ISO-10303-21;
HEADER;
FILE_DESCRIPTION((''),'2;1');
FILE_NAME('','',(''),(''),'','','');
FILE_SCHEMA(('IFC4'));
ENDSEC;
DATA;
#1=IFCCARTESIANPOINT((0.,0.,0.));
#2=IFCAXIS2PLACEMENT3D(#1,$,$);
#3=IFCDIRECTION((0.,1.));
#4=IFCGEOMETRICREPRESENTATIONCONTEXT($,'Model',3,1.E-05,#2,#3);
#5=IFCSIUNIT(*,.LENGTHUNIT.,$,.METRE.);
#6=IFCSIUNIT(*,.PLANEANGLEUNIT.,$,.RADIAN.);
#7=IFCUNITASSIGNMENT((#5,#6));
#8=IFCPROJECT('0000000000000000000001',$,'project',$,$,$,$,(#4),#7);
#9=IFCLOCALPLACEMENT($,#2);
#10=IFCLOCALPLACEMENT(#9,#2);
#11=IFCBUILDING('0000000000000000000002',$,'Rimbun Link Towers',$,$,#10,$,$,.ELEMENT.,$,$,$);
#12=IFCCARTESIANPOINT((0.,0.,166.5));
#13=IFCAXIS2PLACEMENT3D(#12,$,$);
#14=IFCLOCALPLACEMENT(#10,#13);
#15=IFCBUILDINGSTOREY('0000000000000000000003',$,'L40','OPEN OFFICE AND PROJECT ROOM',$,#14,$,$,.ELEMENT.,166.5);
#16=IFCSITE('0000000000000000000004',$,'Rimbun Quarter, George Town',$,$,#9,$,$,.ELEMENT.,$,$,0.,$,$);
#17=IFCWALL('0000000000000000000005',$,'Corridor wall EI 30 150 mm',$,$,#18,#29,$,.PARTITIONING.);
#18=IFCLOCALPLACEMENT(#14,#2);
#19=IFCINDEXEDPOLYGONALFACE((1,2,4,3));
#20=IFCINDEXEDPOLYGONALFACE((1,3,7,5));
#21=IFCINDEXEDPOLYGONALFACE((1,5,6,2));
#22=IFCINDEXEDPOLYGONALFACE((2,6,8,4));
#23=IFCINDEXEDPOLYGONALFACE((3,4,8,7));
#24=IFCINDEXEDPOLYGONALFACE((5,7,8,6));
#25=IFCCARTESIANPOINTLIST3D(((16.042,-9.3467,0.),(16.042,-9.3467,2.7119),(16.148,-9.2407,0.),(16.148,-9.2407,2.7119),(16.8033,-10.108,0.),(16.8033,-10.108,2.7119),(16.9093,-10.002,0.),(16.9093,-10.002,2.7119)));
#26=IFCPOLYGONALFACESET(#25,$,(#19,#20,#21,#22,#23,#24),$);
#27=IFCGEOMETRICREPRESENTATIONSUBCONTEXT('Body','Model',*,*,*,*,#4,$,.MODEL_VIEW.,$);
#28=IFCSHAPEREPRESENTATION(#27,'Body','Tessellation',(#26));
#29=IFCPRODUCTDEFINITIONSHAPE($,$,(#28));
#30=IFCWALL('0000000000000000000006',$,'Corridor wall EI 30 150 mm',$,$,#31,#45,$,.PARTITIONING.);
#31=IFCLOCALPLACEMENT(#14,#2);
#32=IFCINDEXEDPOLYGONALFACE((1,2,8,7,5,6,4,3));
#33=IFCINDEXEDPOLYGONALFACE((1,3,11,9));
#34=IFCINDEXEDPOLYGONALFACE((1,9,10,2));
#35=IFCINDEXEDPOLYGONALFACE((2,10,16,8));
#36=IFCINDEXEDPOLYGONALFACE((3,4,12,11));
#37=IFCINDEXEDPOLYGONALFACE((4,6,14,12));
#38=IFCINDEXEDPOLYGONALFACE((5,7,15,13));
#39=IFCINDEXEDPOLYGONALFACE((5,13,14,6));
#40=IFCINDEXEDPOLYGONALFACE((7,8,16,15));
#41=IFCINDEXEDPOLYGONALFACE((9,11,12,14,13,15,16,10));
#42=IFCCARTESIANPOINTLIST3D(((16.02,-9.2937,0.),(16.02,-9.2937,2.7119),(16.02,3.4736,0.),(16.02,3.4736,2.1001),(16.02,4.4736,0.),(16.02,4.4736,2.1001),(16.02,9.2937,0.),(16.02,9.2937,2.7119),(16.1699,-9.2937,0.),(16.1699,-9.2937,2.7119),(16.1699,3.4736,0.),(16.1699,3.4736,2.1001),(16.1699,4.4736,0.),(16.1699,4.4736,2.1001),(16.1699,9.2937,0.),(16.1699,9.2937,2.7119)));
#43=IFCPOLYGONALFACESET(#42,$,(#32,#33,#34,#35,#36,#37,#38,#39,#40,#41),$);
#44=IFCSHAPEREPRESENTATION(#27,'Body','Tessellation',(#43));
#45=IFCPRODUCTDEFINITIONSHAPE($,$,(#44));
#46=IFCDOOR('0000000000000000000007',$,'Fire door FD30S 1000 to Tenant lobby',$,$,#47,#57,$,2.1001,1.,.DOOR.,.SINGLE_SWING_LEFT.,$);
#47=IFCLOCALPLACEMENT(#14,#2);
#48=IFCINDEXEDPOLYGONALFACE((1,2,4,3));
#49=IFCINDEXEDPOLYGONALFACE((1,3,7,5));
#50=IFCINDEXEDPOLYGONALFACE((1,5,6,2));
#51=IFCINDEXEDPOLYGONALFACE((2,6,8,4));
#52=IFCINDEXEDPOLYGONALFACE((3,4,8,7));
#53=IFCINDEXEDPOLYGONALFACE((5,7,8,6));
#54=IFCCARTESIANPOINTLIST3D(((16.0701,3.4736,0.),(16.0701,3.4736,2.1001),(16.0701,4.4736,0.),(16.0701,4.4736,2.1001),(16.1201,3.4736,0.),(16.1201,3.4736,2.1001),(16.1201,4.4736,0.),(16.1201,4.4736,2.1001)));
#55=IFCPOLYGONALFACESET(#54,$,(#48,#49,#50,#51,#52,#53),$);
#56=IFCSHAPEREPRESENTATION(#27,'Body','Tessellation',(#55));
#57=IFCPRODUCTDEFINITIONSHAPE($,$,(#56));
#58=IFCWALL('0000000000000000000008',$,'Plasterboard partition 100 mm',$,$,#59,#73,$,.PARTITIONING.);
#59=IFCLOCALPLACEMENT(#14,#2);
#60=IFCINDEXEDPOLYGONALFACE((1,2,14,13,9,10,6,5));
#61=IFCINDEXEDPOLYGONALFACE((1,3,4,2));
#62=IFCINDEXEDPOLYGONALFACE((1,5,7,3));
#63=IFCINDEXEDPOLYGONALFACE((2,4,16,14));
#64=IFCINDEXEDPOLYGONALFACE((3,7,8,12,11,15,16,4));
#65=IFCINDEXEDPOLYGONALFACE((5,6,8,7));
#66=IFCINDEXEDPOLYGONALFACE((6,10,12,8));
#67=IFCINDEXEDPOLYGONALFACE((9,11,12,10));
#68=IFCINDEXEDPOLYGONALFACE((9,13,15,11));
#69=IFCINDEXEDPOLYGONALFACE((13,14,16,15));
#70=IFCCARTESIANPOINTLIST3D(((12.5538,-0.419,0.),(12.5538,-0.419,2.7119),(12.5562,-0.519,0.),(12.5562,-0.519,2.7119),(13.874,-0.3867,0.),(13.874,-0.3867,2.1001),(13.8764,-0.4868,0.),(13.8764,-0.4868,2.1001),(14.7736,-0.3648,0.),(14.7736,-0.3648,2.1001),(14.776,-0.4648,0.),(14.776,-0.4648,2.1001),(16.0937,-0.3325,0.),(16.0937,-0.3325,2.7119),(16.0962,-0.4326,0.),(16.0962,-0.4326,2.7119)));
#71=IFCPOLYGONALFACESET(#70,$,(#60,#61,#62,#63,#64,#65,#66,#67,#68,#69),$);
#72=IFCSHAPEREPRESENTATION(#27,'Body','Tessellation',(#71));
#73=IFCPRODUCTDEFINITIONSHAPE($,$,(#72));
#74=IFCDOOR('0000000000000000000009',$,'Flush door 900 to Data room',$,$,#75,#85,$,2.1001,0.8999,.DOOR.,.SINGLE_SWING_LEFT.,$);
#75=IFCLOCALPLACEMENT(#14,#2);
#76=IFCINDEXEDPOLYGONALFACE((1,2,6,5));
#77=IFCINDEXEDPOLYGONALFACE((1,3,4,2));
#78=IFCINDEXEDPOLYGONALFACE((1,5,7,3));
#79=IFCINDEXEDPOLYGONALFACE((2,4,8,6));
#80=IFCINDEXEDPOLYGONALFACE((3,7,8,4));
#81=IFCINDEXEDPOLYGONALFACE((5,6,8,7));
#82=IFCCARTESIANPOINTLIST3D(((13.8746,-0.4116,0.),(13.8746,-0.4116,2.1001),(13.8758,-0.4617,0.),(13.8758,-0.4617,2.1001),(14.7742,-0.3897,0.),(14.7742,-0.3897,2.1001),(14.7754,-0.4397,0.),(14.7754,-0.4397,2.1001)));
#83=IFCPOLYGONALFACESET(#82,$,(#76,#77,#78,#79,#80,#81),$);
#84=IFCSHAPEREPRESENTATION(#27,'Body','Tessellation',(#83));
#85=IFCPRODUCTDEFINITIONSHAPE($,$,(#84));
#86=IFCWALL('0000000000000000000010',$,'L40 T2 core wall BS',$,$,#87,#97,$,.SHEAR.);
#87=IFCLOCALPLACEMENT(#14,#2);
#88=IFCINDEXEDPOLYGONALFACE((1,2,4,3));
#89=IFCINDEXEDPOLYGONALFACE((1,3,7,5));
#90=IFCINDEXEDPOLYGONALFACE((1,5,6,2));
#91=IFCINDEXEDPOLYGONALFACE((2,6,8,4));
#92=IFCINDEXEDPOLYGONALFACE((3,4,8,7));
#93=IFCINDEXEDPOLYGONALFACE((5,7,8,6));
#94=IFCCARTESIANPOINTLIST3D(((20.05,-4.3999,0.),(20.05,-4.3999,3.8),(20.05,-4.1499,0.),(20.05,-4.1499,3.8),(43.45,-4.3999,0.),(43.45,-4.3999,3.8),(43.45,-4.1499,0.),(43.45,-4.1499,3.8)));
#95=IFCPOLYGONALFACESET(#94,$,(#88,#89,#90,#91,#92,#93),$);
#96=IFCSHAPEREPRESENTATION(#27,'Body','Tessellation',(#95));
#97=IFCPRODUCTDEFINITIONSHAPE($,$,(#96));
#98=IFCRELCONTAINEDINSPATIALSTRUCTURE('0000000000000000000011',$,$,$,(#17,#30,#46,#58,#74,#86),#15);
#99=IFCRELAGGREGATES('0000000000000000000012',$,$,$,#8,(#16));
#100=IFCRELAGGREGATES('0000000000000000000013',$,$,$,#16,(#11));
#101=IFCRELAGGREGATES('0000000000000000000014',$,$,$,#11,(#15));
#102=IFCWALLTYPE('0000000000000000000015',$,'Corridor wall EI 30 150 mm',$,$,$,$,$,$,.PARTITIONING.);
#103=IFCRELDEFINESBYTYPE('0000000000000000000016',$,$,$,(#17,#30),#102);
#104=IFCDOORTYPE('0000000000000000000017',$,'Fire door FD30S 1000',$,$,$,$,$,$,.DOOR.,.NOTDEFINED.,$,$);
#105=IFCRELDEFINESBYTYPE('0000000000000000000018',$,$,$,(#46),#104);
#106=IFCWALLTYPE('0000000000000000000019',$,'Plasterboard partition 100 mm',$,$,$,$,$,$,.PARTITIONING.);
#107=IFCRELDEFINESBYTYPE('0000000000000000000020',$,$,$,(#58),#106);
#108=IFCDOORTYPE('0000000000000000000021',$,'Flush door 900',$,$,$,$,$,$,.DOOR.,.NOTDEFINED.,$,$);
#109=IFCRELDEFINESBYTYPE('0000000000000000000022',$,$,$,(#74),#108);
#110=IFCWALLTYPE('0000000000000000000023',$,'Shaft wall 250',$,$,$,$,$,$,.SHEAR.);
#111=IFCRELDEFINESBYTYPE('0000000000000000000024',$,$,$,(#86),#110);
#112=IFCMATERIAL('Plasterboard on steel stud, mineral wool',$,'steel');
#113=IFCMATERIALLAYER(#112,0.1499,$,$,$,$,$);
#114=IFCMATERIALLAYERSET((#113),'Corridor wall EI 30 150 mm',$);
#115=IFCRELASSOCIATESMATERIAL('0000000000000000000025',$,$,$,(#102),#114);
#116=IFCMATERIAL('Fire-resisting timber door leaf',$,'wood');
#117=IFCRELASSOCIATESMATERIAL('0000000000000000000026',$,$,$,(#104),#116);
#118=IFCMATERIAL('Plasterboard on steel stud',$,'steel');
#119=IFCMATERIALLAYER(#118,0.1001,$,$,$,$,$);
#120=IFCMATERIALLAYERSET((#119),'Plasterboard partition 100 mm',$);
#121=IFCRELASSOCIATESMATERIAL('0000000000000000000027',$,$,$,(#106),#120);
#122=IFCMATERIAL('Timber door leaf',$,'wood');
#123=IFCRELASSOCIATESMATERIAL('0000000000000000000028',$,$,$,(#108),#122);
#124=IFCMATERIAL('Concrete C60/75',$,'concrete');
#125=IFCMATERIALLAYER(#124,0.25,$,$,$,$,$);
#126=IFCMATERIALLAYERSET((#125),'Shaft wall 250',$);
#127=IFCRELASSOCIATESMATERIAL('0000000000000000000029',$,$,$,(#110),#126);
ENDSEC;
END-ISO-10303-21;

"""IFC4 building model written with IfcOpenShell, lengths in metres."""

from ifc_helpers import new_model, si_unit, direction, frame, frame_2d, origin, place, context, subcontext, project, spatial, rectangle, extrude, material, layer, layer_set, type_object, element, fill, save


model = new_model("IFC4")

# Units and contexts
model_context = context("Model", 3, precision=1e-05, world=origin(), true_north=direction((0.0, 1.0)))
body_context = subcontext(model_context, "Body", "Model", "MODEL_VIEW")
ifc_project = project(units=[si_unit("LENGTHUNIT", "METRE"), si_unit("PLANEANGLEUNIT", "RADIAN")], contexts=[model_context])

# Site, building, storey
site_placement = place(None, origin())
site = spatial("IfcSite", under=ifc_project, at=site_placement, Name="Rimbun Quarter, George Town", CompositionType="ELEMENT", RefElevation=0.0)
building_placement = place(site_placement, origin())
building = spatial("IfcBuilding", under=site, at=building_placement, Name="Rimbun Link Towers", CompositionType="ELEMENT")
storey_placement = place(building_placement, frame((0.0, 0.0, 166.5)))
storey = spatial("IfcBuildingStorey", under=building, at=storey_placement, Name="L40", Description="OPEN OFFICE AND PROJECT ROOM", CompositionType="ELEMENT", Elevation=166.5)

# Wall
ifc_material_1 = material(Name="Plasterboard on steel stud, mineral wool", Category="steel")
ifc_layer_1 = layer(ifc_material_1, 0.1499)
ifc_layer_set_1 = layer_set([ifc_layer_1], Name="Corridor wall EI 30 150 mm")
wall_type_1 = type_object("IfcWallType", Name="Corridor wall EI 30 150 mm", PredefinedType="PARTITIONING", material=ifc_layer_set_1)
wall_1_placement = place(storey_placement, frame((16.095, -9.2937, 0.0), z_axis=(0.0, 0.0, 1.0), x_axis=(0.707107, -0.707107, 0.0)))
element("IfcWall", 1, at=wall_1_placement, inside=storey, type_object=wall_type_1, Name="Corridor wall EI 30 150 mm", PredefinedType="PARTITIONING", context=body_context, shape_type="SweptSolid", body=[
    extrude(rectangle(XDim=1.0767, YDim=0.1499, at=frame_2d((0.5383, 0.0))), origin(), (0.0, 0.0, 1.0), 2.7119),
])

# Walls, openings, doors
wall_2_placement = place(storey_placement, frame((16.095, -9.2937, 0.0), z_axis=(0.0, 0.0, 1.0), x_axis=(0.0, 1.0, 0.0)))
wall_2 = element("IfcWall", 2, at=wall_2_placement, inside=storey, type_object=wall_type_1, Name="Corridor wall EI 30 150 mm", PredefinedType="PARTITIONING", context=body_context, shape_type="SweptSolid", body=[
    extrude(rectangle(XDim=18.5874, YDim=0.1499, at=frame_2d((9.2937, 0.0))), origin(), (0.0, 0.0, 1.0), 2.7119),
])
opening_1_placement = place(wall_2_placement, frame((12.7673, 0.0, 0.0)))
opening_1 = element("IfcOpeningElement", 3, at=opening_1_placement, cuts=wall_2, PredefinedType="OPENING", context=body_context, shape_type="SweptSolid", body=[
    extrude(rectangle(XDim=1.0, YDim=2.1001, at=frame_2d((0.5, 1.05))), frame((0.0, 0.085, 0.0), z_axis=(0.0, -1.0, 0.0), x_axis=(1.0, 0.0, 0.0)), (0.0, 0.0, 1.0), 0.1699),
])
ifc_material_2 = material(Name="Fire-resisting timber door leaf", Category="wood")
door_type_1 = type_object("IfcDoorType", Name="Fire door FD30S 1000", OperationType="NOTDEFINED", PredefinedType="DOOR", material=ifc_material_2)
door_1_placement = place(opening_1_placement, origin())
door_1 = element("IfcDoor", 4, at=door_1_placement, inside=storey, type_object=door_type_1, Name="Fire door FD30S 1000 to Tenant lobby", OperationType="SINGLE_SWING_LEFT", OverallHeight=2.1001, OverallWidth=1.0, PredefinedType="DOOR", context=body_context, shape_type="SweptSolid", body=[
    extrude(rectangle(XDim=1.0, YDim=2.1001, at=frame_2d((0.5, 1.05))), frame((0.0, 0.0249, 0.0), z_axis=(0.0, -1.0, 0.0), x_axis=(1.0, 0.0, 0.0)), (0.0, 0.0, 1.0), 0.05),
])
fill(opening_1, door_1)
ifc_material_3 = material(Name="Plasterboard on steel stud", Category="steel")
ifc_layer_2 = layer(ifc_material_3, 0.1001)
ifc_layer_set_2 = layer_set([ifc_layer_2], Name="Plasterboard partition 100 mm")
wall_type_2 = type_object("IfcWallType", Name="Plasterboard partition 100 mm", PredefinedType="PARTITIONING", material=ifc_layer_set_2)
wall_3_placement = place(storey_placement, frame((16.095, -0.3826, 0.0), z_axis=(0.0, 0.0, 1.0), x_axis=(-0.999702, -0.024407, 0.0)))
wall_3 = element("IfcWall", 5, at=wall_3_placement, inside=storey, type_object=wall_type_2, Name="Plasterboard partition 100 mm", PredefinedType="PARTITIONING", context=body_context, shape_type="SweptSolid", body=[
    extrude(rectangle(XDim=3.541, YDim=0.1001, at=frame_2d((1.7705, 0.0))), origin(), (0.0, 0.0, 1.0), 2.7119),
])
opening_2_placement = place(wall_3_placement, frame((1.3206, 0.0, 0.0)))
opening_2 = element("IfcOpeningElement", 6, at=opening_2_placement, cuts=wall_3, PredefinedType="OPENING", context=body_context, shape_type="SweptSolid", body=[
    extrude(rectangle(XDim=0.8999, YDim=2.1001, at=frame_2d((0.45, 1.05))), frame((0.0, 0.0601, 0.0), z_axis=(0.0, -1.0, 0.0), x_axis=(1.0, 0.0, 0.0)), (0.0, 0.0, 1.0), 0.1201),
])
ifc_material_4 = material(Name="Timber door leaf", Category="wood")
door_type_2 = type_object("IfcDoorType", Name="Flush door 900", OperationType="NOTDEFINED", PredefinedType="DOOR", material=ifc_material_4)
door_2_placement = place(opening_2_placement, origin())
door_2 = element("IfcDoor", 7, at=door_2_placement, inside=storey, type_object=door_type_2, Name="Flush door 900 to Data room", OperationType="SINGLE_SWING_LEFT", OverallHeight=2.1001, OverallWidth=0.8999, PredefinedType="DOOR", context=body_context, shape_type="SweptSolid", body=[
    extrude(rectangle(XDim=0.8999, YDim=2.1001, at=frame_2d((0.45, 1.05))), frame((0.0, 0.0249, 0.0), z_axis=(0.0, -1.0, 0.0), x_axis=(1.0, 0.0, 0.0)), (0.0, 0.0, 1.0), 0.05),
])
fill(opening_2, door_2)

# Wall
ifc_material_5 = material(Name="Concrete C60/75", Category="concrete")
ifc_layer_3 = layer(ifc_material_5, 0.25)
ifc_layer_set_3 = layer_set([ifc_layer_3], Name="Shaft wall 250")
wall_type_3 = type_object("IfcWallType", Name="Shaft wall 250", PredefinedType="SHEAR", material=ifc_layer_set_3)
wall_4_placement = place(storey_placement, frame((20.05, -4.2749, 0.0), z_axis=(0.0, 0.0, 1.0), x_axis=(1.0, 0.0, 0.0)))
element("IfcWall", 8, at=wall_4_placement, inside=storey, type_object=wall_type_3, Name="L40 T2 core wall BS", PredefinedType="SHEAR", context=body_context, shape_type="SweptSolid", body=[
    extrude(rectangle(XDim=23.3999, YDim=0.25, at=frame_2d((11.7, 0.0))), origin(), (0.0, 0.0, 1.0), 3.8),
])

save(model, "model.ifc")
